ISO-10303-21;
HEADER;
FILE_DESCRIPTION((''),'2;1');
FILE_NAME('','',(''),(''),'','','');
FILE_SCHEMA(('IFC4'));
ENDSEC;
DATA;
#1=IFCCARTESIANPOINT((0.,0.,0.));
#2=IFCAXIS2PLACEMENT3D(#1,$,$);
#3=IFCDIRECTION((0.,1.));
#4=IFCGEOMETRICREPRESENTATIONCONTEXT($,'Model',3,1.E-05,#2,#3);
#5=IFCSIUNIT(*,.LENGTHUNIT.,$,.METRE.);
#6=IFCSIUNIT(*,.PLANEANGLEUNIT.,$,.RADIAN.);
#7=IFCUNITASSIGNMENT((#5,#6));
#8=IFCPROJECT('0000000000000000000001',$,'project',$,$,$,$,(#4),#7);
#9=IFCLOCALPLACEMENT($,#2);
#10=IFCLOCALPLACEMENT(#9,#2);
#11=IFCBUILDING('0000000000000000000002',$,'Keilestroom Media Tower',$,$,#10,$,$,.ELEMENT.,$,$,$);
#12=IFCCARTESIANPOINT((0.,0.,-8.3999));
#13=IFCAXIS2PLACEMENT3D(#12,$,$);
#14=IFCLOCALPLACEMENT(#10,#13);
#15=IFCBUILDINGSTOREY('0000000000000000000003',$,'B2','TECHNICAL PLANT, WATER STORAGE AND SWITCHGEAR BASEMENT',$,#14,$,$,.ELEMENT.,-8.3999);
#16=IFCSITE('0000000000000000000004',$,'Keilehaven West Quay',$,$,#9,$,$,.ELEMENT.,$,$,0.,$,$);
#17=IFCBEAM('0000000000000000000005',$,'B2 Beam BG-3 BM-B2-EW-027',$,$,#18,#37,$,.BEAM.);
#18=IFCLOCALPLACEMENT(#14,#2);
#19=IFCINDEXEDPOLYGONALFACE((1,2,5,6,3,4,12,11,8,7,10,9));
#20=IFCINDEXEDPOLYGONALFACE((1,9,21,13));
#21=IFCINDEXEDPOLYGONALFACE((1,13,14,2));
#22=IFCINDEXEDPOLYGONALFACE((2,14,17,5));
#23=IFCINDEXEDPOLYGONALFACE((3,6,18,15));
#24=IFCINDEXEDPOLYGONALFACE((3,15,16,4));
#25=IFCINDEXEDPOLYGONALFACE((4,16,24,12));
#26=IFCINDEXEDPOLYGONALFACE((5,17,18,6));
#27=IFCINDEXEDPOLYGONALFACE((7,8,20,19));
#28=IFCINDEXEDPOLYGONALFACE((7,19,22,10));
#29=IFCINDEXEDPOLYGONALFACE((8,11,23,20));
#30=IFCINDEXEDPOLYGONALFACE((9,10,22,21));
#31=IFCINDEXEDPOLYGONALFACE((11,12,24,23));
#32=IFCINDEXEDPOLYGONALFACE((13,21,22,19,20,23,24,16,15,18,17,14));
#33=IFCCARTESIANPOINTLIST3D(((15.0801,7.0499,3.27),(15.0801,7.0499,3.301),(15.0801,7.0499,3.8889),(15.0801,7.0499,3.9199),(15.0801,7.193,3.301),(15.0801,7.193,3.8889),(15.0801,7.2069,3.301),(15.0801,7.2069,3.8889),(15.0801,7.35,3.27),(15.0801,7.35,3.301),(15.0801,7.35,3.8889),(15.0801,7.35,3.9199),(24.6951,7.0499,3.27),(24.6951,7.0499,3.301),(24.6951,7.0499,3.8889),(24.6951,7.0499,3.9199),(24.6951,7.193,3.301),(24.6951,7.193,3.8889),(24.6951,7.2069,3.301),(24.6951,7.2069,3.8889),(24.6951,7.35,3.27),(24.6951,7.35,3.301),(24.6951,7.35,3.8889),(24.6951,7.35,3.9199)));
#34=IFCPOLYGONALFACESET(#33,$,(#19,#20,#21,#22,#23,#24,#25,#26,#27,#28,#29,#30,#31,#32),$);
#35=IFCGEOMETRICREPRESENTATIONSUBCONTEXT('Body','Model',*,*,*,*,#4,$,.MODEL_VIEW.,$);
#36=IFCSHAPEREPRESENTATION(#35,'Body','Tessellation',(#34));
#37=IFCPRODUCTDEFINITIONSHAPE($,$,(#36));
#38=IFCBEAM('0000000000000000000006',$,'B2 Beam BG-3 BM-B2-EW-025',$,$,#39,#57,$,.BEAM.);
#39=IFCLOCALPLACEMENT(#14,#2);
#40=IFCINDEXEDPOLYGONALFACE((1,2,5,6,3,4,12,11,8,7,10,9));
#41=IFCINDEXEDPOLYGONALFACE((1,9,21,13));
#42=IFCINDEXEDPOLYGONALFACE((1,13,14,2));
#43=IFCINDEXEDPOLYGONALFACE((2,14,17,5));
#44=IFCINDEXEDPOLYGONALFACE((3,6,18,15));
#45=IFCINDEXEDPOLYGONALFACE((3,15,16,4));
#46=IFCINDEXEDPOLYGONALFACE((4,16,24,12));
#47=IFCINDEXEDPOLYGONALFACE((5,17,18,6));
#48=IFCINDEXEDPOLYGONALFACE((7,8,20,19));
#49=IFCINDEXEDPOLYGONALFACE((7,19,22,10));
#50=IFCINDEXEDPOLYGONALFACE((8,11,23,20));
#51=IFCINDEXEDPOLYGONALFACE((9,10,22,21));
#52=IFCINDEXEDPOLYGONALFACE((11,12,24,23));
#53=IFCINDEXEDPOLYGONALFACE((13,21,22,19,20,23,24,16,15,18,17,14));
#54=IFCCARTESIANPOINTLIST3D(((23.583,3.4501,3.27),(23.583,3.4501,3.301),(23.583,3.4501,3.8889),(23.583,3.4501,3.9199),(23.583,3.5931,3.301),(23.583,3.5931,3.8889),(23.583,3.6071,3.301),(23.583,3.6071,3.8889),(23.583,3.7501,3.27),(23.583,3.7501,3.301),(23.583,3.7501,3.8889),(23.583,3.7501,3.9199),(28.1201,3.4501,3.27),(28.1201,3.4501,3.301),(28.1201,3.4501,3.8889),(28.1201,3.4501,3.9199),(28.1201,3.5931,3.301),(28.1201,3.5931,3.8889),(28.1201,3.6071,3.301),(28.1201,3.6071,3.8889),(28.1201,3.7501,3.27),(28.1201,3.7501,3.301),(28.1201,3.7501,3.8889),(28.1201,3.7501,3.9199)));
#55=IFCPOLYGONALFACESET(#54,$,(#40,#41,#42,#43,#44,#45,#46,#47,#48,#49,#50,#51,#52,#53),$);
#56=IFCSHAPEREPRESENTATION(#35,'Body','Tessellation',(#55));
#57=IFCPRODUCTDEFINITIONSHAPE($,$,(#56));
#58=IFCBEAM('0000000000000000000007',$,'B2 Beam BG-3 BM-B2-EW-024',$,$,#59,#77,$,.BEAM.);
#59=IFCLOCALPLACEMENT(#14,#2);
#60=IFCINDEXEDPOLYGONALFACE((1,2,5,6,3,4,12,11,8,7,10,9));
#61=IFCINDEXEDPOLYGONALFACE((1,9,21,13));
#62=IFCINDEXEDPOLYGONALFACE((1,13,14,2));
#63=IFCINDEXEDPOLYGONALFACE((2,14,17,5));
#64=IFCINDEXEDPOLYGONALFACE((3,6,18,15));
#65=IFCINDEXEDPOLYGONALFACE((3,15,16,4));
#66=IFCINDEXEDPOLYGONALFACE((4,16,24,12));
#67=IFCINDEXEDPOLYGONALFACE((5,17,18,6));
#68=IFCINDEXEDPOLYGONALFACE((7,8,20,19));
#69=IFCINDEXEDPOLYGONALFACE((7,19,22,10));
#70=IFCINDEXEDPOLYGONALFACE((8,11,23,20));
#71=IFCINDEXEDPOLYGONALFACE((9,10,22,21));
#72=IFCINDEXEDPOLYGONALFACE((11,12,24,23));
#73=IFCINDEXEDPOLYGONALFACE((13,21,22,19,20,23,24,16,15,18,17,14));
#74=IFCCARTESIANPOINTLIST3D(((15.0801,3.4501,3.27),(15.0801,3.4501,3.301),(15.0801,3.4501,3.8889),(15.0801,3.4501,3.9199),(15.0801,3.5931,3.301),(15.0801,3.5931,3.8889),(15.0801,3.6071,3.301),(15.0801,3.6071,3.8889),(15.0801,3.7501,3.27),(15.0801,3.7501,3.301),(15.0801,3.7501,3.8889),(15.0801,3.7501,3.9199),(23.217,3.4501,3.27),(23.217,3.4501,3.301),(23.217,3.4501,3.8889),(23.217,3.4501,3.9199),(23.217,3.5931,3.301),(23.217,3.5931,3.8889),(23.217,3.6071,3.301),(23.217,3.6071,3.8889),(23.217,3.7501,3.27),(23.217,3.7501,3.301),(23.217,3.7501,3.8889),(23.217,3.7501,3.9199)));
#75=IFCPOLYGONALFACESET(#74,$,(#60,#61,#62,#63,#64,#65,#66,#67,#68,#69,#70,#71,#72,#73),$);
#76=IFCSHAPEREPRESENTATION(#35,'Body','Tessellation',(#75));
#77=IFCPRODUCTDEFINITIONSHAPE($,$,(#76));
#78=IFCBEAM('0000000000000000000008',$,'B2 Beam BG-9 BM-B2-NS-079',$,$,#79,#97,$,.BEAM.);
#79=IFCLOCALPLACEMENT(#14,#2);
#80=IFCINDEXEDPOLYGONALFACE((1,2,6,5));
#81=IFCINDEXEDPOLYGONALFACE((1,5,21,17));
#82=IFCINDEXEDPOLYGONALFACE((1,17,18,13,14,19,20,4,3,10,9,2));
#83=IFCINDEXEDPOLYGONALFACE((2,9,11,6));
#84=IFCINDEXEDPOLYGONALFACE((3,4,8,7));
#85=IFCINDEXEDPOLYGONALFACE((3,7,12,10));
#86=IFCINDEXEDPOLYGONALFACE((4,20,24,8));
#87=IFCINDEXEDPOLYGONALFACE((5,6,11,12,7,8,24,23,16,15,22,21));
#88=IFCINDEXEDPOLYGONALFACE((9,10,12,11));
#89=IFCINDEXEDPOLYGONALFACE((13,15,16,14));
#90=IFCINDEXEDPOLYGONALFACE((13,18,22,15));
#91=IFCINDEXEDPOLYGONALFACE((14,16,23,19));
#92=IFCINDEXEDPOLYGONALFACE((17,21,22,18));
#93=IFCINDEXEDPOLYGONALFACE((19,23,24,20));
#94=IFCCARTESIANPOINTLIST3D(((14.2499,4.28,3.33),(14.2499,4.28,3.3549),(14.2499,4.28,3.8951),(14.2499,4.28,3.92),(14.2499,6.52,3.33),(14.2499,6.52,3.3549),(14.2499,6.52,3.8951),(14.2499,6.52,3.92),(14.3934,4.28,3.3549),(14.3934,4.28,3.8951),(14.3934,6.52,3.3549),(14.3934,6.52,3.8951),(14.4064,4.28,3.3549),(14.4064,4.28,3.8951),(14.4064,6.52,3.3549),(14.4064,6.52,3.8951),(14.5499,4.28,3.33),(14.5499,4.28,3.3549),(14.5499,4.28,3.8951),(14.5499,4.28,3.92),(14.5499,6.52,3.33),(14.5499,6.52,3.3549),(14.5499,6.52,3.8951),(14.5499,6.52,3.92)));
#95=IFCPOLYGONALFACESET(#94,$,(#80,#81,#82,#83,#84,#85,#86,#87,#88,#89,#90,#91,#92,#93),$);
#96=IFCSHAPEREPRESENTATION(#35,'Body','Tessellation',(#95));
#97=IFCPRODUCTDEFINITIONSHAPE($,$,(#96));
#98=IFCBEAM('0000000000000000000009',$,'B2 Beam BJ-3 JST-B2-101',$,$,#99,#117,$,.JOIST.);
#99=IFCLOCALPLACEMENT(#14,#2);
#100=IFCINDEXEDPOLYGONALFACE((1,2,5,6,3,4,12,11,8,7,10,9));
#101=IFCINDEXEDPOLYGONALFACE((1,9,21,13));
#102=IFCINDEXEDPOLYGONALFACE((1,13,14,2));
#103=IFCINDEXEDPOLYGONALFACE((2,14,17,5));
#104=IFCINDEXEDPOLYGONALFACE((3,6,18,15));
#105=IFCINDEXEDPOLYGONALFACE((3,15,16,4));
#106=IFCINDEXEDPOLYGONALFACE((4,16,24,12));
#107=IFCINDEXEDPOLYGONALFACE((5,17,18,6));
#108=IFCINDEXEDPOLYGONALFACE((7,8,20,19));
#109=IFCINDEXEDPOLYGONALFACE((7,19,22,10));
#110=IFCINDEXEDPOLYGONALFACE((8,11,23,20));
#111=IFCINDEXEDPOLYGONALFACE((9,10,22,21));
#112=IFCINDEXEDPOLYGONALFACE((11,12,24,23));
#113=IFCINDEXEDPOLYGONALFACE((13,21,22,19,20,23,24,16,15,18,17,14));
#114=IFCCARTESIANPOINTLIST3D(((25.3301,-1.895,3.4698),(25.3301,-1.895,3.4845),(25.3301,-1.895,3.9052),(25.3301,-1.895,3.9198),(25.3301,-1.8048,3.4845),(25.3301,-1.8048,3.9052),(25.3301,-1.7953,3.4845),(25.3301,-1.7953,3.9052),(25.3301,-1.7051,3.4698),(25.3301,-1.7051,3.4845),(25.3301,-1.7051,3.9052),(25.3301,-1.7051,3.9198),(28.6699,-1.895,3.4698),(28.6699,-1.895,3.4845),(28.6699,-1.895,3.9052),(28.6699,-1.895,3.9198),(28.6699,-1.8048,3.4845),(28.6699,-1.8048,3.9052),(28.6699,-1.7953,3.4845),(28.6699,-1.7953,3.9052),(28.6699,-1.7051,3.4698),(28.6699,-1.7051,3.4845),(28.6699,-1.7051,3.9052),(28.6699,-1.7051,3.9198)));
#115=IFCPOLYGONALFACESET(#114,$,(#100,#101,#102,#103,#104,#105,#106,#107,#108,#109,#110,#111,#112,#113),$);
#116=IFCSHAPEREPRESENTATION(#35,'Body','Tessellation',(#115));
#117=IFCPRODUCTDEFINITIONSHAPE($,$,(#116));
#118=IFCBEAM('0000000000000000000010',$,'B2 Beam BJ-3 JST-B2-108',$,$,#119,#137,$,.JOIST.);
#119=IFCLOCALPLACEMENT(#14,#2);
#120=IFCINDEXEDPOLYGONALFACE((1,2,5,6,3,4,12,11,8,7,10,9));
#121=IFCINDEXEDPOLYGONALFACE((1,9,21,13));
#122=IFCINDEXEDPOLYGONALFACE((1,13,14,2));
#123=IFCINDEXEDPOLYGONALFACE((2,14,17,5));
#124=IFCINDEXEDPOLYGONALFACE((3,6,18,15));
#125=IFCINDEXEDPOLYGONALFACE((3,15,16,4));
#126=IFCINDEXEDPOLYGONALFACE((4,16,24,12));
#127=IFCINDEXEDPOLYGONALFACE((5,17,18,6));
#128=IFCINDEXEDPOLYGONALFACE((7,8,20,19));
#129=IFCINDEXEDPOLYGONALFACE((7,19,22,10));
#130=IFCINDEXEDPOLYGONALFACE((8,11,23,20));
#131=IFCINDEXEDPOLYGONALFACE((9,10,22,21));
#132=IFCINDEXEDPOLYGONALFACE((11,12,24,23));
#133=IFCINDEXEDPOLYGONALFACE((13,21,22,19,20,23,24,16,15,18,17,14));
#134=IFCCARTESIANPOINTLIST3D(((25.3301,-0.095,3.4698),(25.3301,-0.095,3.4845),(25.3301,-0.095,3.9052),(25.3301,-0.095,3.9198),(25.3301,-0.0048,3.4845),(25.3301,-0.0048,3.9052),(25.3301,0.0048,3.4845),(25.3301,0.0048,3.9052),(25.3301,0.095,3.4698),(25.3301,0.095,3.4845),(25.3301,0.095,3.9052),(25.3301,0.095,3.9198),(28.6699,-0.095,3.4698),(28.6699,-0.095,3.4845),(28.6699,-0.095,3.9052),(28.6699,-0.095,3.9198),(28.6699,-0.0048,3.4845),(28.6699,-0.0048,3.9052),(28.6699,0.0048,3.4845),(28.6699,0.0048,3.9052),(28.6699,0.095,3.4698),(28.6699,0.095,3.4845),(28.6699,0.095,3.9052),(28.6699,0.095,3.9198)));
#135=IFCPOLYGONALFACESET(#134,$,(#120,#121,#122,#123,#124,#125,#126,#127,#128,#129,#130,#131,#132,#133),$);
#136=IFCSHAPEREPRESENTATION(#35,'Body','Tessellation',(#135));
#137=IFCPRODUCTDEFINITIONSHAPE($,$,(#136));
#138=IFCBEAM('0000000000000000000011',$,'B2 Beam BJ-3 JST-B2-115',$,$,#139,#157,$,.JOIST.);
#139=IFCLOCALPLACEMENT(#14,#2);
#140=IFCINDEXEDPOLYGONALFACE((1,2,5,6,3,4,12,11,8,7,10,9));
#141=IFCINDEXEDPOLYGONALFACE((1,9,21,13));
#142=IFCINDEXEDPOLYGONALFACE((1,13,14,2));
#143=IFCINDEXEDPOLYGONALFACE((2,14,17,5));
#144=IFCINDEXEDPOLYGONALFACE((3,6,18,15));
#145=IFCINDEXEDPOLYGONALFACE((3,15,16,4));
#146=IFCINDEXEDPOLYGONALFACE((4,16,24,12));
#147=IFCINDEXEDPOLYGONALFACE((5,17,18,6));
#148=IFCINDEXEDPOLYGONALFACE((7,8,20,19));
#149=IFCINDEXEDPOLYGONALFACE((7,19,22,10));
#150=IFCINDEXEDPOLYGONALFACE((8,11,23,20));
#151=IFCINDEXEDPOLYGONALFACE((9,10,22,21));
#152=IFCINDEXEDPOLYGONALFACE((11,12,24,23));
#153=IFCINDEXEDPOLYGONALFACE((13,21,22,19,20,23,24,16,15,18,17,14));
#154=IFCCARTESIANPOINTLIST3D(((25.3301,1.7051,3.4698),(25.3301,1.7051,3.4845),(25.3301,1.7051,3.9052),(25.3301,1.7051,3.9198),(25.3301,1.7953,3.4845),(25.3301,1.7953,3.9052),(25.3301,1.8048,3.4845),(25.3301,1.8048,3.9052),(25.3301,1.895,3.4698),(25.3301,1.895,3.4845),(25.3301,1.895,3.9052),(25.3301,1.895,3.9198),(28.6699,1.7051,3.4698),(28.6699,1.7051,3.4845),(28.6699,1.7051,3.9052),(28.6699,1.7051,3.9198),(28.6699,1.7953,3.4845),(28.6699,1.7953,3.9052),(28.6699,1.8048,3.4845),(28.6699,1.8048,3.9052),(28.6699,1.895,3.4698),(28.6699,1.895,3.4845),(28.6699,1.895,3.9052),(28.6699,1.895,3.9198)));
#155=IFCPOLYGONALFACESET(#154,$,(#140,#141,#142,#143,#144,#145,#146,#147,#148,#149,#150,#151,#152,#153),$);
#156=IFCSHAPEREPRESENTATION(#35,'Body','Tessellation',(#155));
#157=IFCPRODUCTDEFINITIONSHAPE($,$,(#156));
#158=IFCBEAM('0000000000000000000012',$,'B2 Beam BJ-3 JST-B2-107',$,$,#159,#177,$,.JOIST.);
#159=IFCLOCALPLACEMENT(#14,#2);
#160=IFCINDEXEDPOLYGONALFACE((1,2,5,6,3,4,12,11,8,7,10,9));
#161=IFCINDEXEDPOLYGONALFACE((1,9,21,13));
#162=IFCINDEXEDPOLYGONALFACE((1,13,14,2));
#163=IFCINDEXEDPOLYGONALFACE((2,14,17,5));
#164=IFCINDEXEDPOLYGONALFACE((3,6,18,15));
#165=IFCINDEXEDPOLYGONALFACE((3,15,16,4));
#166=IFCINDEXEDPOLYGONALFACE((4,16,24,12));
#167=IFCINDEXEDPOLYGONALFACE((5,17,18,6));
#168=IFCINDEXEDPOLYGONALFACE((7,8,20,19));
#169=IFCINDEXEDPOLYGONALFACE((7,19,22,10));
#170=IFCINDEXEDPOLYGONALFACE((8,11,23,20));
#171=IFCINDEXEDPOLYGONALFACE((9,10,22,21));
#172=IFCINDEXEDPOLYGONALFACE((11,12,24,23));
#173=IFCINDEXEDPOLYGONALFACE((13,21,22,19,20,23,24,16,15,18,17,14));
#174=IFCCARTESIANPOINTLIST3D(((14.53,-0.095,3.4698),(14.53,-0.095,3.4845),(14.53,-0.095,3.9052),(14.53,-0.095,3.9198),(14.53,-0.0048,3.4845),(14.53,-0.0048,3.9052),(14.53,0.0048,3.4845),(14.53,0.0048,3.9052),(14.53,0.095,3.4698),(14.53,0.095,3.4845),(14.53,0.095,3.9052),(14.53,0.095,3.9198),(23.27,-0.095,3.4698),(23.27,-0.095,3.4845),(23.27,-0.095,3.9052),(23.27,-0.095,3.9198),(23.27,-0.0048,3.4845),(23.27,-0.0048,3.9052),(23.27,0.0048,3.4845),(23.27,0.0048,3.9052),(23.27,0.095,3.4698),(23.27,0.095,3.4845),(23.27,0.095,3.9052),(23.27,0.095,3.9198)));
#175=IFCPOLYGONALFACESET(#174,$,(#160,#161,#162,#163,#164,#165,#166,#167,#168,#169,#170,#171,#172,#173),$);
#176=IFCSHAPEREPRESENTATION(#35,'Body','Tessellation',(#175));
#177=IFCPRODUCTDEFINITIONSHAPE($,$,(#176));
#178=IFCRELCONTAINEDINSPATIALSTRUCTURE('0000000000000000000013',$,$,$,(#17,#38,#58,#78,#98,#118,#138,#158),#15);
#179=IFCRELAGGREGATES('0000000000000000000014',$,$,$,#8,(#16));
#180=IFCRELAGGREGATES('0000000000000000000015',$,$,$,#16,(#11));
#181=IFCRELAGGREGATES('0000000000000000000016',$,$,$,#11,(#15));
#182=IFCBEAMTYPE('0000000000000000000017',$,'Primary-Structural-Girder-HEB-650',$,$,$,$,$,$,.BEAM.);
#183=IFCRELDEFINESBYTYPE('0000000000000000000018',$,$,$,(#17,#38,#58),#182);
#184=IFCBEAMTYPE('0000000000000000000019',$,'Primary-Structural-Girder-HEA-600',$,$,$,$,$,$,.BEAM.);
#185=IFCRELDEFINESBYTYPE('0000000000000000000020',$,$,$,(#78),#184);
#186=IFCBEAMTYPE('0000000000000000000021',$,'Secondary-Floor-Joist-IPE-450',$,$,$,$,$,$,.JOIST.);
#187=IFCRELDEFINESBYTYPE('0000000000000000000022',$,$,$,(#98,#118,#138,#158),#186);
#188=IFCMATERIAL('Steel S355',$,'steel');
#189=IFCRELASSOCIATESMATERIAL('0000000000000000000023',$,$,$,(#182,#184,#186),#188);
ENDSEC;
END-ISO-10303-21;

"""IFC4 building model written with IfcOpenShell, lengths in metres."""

from ifc_helpers import new_model, si_unit, direction, frame, origin, origin_2d, place, context, subcontext, project, spatial, i_section, extrude, source, transform, mapped, material, material_profile, profile_set, type_object, element, save


model = new_model("IFC4")

# Units and contexts
model_context = context("Model", 3, precision=1e-05, world=origin(), true_north=direction((0.0, 1.0)))
body_context = subcontext(model_context, "Body", "Model", "MODEL_VIEW")
ifc_project = project(units=[si_unit("LENGTHUNIT", "METRE"), si_unit("PLANEANGLEUNIT", "RADIAN")], contexts=[model_context])

# Site, building, storey
site_placement = place(None, origin())
site = spatial("IfcSite", under=ifc_project, at=site_placement, Name="Keilehaven West Quay", CompositionType="ELEMENT", RefElevation=0.0)
building_placement = place(site_placement, origin())
building = spatial("IfcBuilding", under=site, at=building_placement, Name="Keilestroom Media Tower", CompositionType="ELEMENT")
storey_placement = place(building_placement, frame((0.0, 0.0, -8.3999)))
storey = spatial("IfcBuildingStorey", under=building, at=storey_placement, Name="B2", Description="TECHNICAL PLANT, WATER STORAGE AND SWITCHGEAR BASEMENT", CompositionType="ELEMENT", Elevation=-8.3999)

# Beams
ifc_material_1 = material(Name="Steel S355", Category="steel")
ifc_material_profile_1 = material_profile(ifc_material_1, i_section(OverallWidth=0.3, OverallDepth=0.6499, WebThickness=0.0139, FlangeThickness=0.031, at=origin_2d()), Name="HEB 650")
ifc_profile_set_1 = profile_set([ifc_material_profile_1], Name="Steel S355")
beam_type_1 = type_object("IfcBeamType", Name="Primary-Structural-Girder-HEB-650", PredefinedType="BEAM", material=ifc_profile_set_1)
shared_shape_1 = source(origin(), body_context, "Body", "SweptSolid", [
    extrude(i_section(OverallWidth=0.3, OverallDepth=0.6499, WebThickness=0.0139, FlangeThickness=0.031, at=origin_2d()), origin(), (0.0, 0.0, 1.0), 9.615),
])
beam_1_placement = place(storey_placement, frame((15.0801, 7.2, 3.595), z_axis=(1.0, 0.0, 0.0), x_axis=(0.0, 1.0, 0.0)))
element("IfcBeam", 1, at=beam_1_placement, inside=storey, type_object=beam_type_1, Name="B2 Beam BG-3 BM-B2-EW-027", PredefinedType="BEAM", context=body_context, shape_type="MappedRepresentation", body=[
    mapped(shared_shape_1, transform((0.0, 0.0, 0.0), x_axis=(1.0, 0.0, 0.0), y_axis=(0.0, 1.0, 0.0), z_axis=(0.0, 0.0, 1.0), scale=1.0)),
])
shared_shape_2 = source(origin(), body_context, "Body", "SweptSolid", [
    extrude(i_section(OverallWidth=0.3, OverallDepth=0.6499, WebThickness=0.0139, FlangeThickness=0.031, at=origin_2d()), origin(), (0.0, 0.0, 1.0), 4.5371),
])
beam_2_placement = place(storey_placement, frame((23.583, 3.6001, 3.595), z_axis=(1.0, 0.0, 0.0), x_axis=(0.0, 1.0, 0.0)))
element("IfcBeam", 2, at=beam_2_placement, inside=storey, type_object=beam_type_1, Name="B2 Beam BG-3 BM-B2-EW-025", PredefinedType="BEAM", context=body_context, shape_type="MappedRepresentation", body=[
    mapped(shared_shape_2, transform((0.0, 0.0, 0.0), x_axis=(1.0, 0.0, 0.0), y_axis=(0.0, 1.0, 0.0), z_axis=(0.0, 0.0, 1.0), scale=1.0)),
])
shared_shape_3 = source(origin(), body_context, "Body", "SweptSolid", [
    extrude(i_section(OverallWidth=0.3, OverallDepth=0.6499, WebThickness=0.0139, FlangeThickness=0.031, at=origin_2d()), origin(), (0.0, 0.0, 1.0), 8.137),
])
beam_3_placement = place(storey_placement, frame((15.0801, 3.6001, 3.595), z_axis=(1.0, 0.0, 0.0), x_axis=(0.0, 1.0, 0.0)))
element("IfcBeam", 3, at=beam_3_placement, inside=storey, type_object=beam_type_1, Name="B2 Beam BG-3 BM-B2-EW-024", PredefinedType="BEAM", context=body_context, shape_type="MappedRepresentation", body=[
    mapped(shared_shape_3, transform((0.0, 0.0, 0.0), x_axis=(1.0, 0.0, 0.0), y_axis=(0.0, 1.0, 0.0), z_axis=(0.0, 0.0, 1.0), scale=1.0)),
])
ifc_material_profile_2 = material_profile(ifc_material_1, i_section(OverallWidth=0.3, OverallDepth=0.5901, WebThickness=0.0129, FlangeThickness=0.0249, at=origin_2d()), Name="HEA 600")
ifc_profile_set_2 = profile_set([ifc_material_profile_2], Name="Steel S355")
beam_type_2 = type_object("IfcBeamType", Name="Primary-Structural-Girder-HEA-600", PredefinedType="BEAM", material=ifc_profile_set_2)
shared_shape_4 = source(origin(), body_context, "Body", "SweptSolid", [
    extrude(i_section(OverallWidth=0.3, OverallDepth=0.5901, WebThickness=0.0129, FlangeThickness=0.0249, at=origin_2d()), origin(), (0.0, 0.0, 1.0), 2.24),
])
beam_4_placement = place(storey_placement, frame((14.3999, 4.28, 3.625), z_axis=(0.0, 1.0, 0.0), x_axis=(-1.0, 0.0, 0.0)))
element("IfcBeam", 4, at=beam_4_placement, inside=storey, type_object=beam_type_2, Name="B2 Beam BG-9 BM-B2-NS-079", PredefinedType="BEAM", context=body_context, shape_type="MappedRepresentation", body=[
    mapped(shared_shape_4, transform((0.0, 0.0, 0.0), x_axis=(1.0, 0.0, 0.0), y_axis=(0.0, 1.0, 0.0), z_axis=(0.0, 0.0, 1.0), scale=1.0)),
])
ifc_material_profile_3 = material_profile(ifc_material_1, i_section(OverallWidth=0.1899, OverallDepth=0.45, WebThickness=0.0095, FlangeThickness=0.0146, at=origin_2d()), Name="IPE 450")
ifc_profile_set_3 = profile_set([ifc_material_profile_3], Name="Steel S355")
beam_type_3 = type_object("IfcBeamType", Name="Secondary-Floor-Joist-IPE-450", PredefinedType="JOIST", material=ifc_profile_set_3)
shared_shape_5 = source(origin(), body_context, "Body", "SweptSolid", [
    extrude(i_section(OverallWidth=0.1899, OverallDepth=0.45, WebThickness=0.0095, FlangeThickness=0.0146, at=origin_2d()), origin(), (0.0, 0.0, 1.0), 3.3398),
])
for number, where, z_axis, x_axis, name in (
    (5, (25.3301, -1.8, 3.6948), (1.0, 0.0, 0.0), (0.0, 1.0, 0.0), "B2 Beam BJ-3 JST-B2-101"),
    (6, (25.3301, 0.0, 3.6948), (1.0, 0.0, 0.0), (0.0, 1.0, 0.0), "B2 Beam BJ-3 JST-B2-108"),
    (7, (25.3301, 1.8, 3.6948), (1.0, 0.0, 0.0), (0.0, 1.0, 0.0), "B2 Beam BJ-3 JST-B2-115"),
):
    element("IfcBeam", number, at=place(storey_placement, frame(where, z_axis=z_axis, x_axis=x_axis)), inside=storey, type_object=beam_type_3, Name=name, PredefinedType="JOIST", context=body_context, shape_type="MappedRepresentation", body=[
        mapped(shared_shape_5, transform((0.0, 0.0, 0.0), x_axis=(1.0, 0.0, 0.0), y_axis=(0.0, 1.0, 0.0), z_axis=(0.0, 0.0, 1.0), scale=1.0)),
    ])
shared_shape_6 = source(origin(), body_context, "Body", "SweptSolid", [
    extrude(i_section(OverallWidth=0.1899, OverallDepth=0.45, WebThickness=0.0095, FlangeThickness=0.0146, at=origin_2d()), origin(), (0.0, 0.0, 1.0), 8.74),
])
for number, where, z_axis, x_axis, name in (
    (8, (14.53, 0.0, 3.6948), (1.0, 0.0, 0.0), (0.0, 1.0, 0.0), "B2 Beam BJ-3 JST-B2-107"),
):
    element("IfcBeam", number, at=place(storey_placement, frame(where, z_axis=z_axis, x_axis=x_axis)), inside=storey, type_object=beam_type_3, Name=name, PredefinedType="JOIST", context=body_context, shape_type="MappedRepresentation", body=[
        mapped(shared_shape_6, transform((0.0, 0.0, 0.0), x_axis=(1.0, 0.0, 0.0), y_axis=(0.0, 1.0, 0.0), z_axis=(0.0, 0.0, 1.0), scale=1.0)),
    ])

save(model, "model.ifc")
